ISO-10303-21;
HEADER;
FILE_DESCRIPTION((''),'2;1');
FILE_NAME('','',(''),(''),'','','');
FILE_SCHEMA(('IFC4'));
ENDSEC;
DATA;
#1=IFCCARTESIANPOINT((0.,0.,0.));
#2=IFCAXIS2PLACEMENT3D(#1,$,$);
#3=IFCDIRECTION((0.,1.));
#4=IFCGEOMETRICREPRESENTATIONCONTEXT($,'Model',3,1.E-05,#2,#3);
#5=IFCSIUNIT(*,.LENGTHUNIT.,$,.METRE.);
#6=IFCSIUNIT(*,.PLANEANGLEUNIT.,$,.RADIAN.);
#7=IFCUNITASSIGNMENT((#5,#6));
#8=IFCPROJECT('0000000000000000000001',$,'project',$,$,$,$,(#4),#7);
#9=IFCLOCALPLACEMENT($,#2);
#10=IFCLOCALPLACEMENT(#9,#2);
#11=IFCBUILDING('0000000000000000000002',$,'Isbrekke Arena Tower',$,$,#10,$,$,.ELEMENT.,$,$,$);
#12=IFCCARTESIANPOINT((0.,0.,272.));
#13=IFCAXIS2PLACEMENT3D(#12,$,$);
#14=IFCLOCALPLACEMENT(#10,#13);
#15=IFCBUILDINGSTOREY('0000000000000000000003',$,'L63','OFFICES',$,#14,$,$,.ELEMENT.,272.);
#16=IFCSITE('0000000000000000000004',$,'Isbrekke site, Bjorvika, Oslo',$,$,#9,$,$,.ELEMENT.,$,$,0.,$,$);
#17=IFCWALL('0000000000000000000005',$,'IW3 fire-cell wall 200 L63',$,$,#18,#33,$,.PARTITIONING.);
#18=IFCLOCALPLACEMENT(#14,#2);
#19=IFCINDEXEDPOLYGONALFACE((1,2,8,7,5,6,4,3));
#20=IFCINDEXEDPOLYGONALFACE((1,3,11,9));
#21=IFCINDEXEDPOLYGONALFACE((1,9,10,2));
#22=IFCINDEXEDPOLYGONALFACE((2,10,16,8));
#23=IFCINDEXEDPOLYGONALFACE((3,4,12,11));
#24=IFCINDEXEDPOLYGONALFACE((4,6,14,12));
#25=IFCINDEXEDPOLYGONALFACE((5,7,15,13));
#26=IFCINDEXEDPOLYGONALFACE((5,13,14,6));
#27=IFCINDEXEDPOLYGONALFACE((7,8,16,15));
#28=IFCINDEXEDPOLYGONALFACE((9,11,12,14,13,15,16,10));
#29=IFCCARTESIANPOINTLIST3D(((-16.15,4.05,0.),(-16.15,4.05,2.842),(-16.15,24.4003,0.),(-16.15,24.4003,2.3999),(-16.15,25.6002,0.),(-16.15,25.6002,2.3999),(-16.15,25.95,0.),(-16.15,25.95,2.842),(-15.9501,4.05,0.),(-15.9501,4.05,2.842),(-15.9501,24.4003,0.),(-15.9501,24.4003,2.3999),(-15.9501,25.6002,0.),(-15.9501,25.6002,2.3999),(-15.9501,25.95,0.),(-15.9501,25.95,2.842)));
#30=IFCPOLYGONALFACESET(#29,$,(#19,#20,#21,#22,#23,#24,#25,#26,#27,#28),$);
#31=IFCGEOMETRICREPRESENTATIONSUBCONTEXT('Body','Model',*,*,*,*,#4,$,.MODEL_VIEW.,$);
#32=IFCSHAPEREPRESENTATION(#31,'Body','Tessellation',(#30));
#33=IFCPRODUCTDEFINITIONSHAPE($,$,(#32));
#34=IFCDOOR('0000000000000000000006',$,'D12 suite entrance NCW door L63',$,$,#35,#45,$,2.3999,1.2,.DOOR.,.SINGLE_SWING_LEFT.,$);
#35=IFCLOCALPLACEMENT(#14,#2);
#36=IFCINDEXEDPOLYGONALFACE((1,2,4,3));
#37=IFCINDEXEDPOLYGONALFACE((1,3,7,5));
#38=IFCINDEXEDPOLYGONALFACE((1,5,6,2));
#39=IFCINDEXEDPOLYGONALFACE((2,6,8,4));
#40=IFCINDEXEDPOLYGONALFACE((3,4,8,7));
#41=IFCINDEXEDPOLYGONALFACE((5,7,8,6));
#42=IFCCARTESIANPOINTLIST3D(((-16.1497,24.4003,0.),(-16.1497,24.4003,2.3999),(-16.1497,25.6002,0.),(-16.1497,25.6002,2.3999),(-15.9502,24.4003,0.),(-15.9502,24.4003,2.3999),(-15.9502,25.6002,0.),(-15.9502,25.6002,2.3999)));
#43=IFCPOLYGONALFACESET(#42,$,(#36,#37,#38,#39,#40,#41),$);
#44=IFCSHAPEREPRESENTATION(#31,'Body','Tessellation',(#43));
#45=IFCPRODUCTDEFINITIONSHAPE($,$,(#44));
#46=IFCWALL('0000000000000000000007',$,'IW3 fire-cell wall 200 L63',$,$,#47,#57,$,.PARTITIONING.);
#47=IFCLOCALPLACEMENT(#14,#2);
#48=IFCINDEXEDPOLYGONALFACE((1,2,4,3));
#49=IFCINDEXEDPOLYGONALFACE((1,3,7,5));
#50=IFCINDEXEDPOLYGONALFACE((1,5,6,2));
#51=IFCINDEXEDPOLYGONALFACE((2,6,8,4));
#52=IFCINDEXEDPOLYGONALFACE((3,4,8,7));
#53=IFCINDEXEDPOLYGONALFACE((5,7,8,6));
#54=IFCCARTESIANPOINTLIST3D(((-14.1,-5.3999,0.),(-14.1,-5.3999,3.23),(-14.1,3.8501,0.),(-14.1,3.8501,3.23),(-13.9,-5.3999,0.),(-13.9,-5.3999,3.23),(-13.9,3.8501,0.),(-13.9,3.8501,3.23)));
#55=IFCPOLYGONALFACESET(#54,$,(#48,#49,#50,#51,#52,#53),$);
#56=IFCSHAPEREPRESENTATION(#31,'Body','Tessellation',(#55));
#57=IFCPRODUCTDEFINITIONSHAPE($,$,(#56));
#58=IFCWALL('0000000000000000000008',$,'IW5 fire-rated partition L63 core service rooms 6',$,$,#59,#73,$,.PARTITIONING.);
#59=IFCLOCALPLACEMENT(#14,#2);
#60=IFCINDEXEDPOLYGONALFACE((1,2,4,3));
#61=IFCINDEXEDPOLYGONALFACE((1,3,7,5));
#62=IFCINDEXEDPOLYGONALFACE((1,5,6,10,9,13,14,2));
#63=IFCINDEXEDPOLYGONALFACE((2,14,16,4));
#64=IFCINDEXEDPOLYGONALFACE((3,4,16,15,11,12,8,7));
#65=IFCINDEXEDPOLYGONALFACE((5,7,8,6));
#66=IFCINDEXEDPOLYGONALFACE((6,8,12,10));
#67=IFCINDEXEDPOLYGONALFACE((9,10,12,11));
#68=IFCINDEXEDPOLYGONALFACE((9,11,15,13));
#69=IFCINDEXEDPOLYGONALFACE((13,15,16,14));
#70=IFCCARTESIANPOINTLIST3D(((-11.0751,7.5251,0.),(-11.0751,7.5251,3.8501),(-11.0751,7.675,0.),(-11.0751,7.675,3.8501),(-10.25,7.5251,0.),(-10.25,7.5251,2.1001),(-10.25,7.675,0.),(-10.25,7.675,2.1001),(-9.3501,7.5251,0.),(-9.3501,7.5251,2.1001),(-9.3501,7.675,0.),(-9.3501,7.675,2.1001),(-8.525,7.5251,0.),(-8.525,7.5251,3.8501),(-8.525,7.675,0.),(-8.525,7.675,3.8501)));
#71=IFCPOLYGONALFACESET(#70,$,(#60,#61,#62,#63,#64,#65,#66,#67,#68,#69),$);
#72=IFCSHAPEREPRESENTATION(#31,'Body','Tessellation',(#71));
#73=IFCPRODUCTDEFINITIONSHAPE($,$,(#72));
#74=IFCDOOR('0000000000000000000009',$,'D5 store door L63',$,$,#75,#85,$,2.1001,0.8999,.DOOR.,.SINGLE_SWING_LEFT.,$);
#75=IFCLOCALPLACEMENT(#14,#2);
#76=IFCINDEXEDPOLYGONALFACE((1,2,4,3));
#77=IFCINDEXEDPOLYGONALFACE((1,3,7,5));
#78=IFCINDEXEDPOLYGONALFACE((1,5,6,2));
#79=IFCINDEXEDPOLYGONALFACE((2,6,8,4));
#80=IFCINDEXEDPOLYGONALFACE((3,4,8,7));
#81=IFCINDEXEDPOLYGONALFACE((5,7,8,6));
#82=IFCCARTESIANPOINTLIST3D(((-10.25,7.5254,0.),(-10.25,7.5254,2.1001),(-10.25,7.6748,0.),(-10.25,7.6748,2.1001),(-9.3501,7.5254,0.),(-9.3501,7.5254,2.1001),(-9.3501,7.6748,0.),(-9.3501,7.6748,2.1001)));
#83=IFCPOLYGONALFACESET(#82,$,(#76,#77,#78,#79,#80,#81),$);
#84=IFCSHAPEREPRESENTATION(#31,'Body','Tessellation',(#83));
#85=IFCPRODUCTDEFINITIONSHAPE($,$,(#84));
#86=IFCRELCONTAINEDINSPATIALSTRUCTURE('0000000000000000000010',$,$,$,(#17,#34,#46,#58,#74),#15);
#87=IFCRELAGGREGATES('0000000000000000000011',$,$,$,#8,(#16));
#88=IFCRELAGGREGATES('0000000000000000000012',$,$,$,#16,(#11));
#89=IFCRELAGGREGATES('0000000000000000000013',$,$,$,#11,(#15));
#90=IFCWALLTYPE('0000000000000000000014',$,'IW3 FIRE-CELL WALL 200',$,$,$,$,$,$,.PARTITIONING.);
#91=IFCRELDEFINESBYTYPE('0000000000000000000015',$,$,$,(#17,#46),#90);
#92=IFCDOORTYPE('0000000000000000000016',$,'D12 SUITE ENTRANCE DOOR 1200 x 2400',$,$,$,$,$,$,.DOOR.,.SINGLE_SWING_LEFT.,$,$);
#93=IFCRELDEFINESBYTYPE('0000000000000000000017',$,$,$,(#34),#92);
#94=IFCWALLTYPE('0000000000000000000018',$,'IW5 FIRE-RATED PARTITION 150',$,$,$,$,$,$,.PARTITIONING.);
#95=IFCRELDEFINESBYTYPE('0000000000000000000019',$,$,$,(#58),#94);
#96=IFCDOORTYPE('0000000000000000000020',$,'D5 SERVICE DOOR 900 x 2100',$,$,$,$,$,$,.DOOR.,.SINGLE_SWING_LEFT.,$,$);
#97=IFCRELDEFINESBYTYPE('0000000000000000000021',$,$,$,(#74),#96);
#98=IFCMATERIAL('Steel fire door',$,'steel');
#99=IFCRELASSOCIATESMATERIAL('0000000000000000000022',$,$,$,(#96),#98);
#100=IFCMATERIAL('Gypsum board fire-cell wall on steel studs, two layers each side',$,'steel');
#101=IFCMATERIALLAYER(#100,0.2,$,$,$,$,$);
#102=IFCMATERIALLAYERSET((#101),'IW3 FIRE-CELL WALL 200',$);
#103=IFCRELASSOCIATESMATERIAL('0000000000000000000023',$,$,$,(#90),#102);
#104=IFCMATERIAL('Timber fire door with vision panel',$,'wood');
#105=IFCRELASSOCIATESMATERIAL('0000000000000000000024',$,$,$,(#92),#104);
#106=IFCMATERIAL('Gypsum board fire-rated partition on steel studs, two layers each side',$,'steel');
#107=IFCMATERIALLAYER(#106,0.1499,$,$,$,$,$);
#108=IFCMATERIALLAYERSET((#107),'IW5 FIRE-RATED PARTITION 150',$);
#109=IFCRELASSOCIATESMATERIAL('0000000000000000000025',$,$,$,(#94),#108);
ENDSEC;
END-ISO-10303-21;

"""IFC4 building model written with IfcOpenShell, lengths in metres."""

from ifc_helpers import new_model, si_unit, direction, frame, frame_2d, origin, place, context, subcontext, project, spatial, rectangle, extrude, material, layer, layer_set, type_object, element, fill, save


model = new_model("IFC4")

# Units and contexts
model_context = context("Model", 3, precision=1e-05, world=origin(), true_north=direction((0.0, 1.0)))
body_context = subcontext(model_context, "Body", "Model", "MODEL_VIEW")
ifc_project = project(units=[si_unit("LENGTHUNIT", "METRE"), si_unit("PLANEANGLEUNIT", "RADIAN")], contexts=[model_context])

# Site, building, storey
site_placement = place(None, origin())
site = spatial("IfcSite", under=ifc_project, at=site_placement, Name="Isbrekke site, Bjorvika, Oslo", CompositionType="ELEMENT", RefElevation=0.0)
building_placement = place(site_placement, origin())
building = spatial("IfcBuilding", under=site, at=building_placement, Name="Isbrekke Arena Tower", CompositionType="ELEMENT")
storey_placement = place(building_placement, frame((0.0, 0.0, 272.0)))
storey = spatial("IfcBuildingStorey", under=building, at=storey_placement, Name="L63", Description="OFFICES", CompositionType="ELEMENT", Elevation=272.0)

# Shared definitions
ifc_material_1 = material(Name="Steel fire door", Category="steel")
door_type_1 = type_object("IfcDoorType", Name="D5 SERVICE DOOR 900 x 2100", OperationType="SINGLE_SWING_LEFT", PredefinedType="DOOR", material=ifc_material_1)

# Shared definitions
ifc_material_2 = material(Name="Gypsum board fire-cell wall on steel studs, two layers each side", Category="steel")
ifc_layer_1 = layer(ifc_material_2, 0.2)
ifc_layer_set_1 = layer_set([ifc_layer_1], Name="IW3 FIRE-CELL WALL 200")
wall_type_1 = type_object("IfcWallType", Name="IW3 FIRE-CELL WALL 200", PredefinedType="PARTITIONING", material=ifc_layer_set_1)
ifc_material_3 = material(Name="Timber fire door with vision panel", Category="wood")
door_type_2 = type_object("IfcDoorType", Name="D12 SUITE ENTRANCE DOOR 1200 x 2400", OperationType="SINGLE_SWING_LEFT", PredefinedType="DOOR", material=ifc_material_3)

# Wall, opening, door
wall_1_placement = place(storey_placement, frame((-16.05, 4.05, 0.0), z_axis=(0.0, 0.0, 1.0), x_axis=(0.0, 1.0, 0.0)))
wall_1 = element("IfcWall", 1, at=wall_1_placement, inside=storey, type_object=wall_type_1, Name="IW3 fire-cell wall 200 L63", PredefinedType="PARTITIONING", context=body_context, shape_type="SweptSolid", body=[
    extrude(rectangle(XDim=21.8999, YDim=0.2, at=frame_2d((10.95, 0.0))), origin(), (0.0, 0.0, 1.0), 2.842),
])
opening_1_placement = place(wall_1_placement, frame((20.3501, 0.0, 0.0)))
opening_1 = element("IfcOpeningElement", 2, at=opening_1_placement, cuts=wall_1, PredefinedType="OPENING", context=body_context, shape_type="SweptSolid", body=[
    extrude(rectangle(XDim=1.2, YDim=2.3999, at=frame_2d((0.6001, 1.2))), frame((0.0, 0.1147, 0.0), z_axis=(0.0, -1.0, 0.0), x_axis=(1.0, 0.0, 0.0)), (0.0, 0.0, 1.0), 0.2297),
])
door_1_placement = place(opening_1_placement, origin())
door_1 = element("IfcDoor", 3, at=door_1_placement, inside=storey, type_object=door_type_2, Name="D12 suite entrance NCW door L63", OperationType="SINGLE_SWING_LEFT", OverallHeight=2.3999, OverallWidth=1.2, PredefinedType="DOOR", context=body_context, shape_type="SweptSolid", body=[
    extrude(rectangle(XDim=1.2, YDim=2.3999, at=frame_2d((0.6001, 1.2))), frame((0.0, 0.0996, 0.0), z_axis=(0.0, -1.0, 0.0), x_axis=(1.0, 0.0, 0.0)), (0.0, 0.0, 1.0), 0.1995),
])
fill(opening_1, door_1)

# Wall
wall_2_placement = place(storey_placement, frame((-14.0, -5.3999, 0.0), z_axis=(0.0, 0.0, 1.0), x_axis=(0.0, 1.0, 0.0)))
element("IfcWall", 4, at=wall_2_placement, inside=storey, type_object=wall_type_1, Name="IW3 fire-cell wall 200 L63", PredefinedType="PARTITIONING", context=body_context, shape_type="SweptSolid", body=[
    extrude(rectangle(XDim=9.25, YDim=0.2, at=frame_2d((4.625, 0.0))), origin(), (0.0, 0.0, 1.0), 3.23),
])

# Wall, opening, door
ifc_material_4 = material(Name="Gypsum board fire-rated partition on steel studs, two layers each side", Category="steel")
ifc_layer_2 = layer(ifc_material_4, 0.1499)
ifc_layer_set_2 = layer_set([ifc_layer_2], Name="IW5 FIRE-RATED PARTITION 150")
wall_type_2 = type_object("IfcWallType", Name="IW5 FIRE-RATED PARTITION 150", PredefinedType="PARTITIONING", material=ifc_layer_set_2)
wall_3_placement = place(storey_placement, frame((-11.075, 7.6001, 0.0), z_axis=(0.0, 0.0, 1.0), x_axis=(1.0, 0.0, 0.0)))
wall_3 = element("IfcWall", 5, at=wall_3_placement, inside=storey, type_object=wall_type_2, Name="IW5 fire-rated partition L63 core service rooms 6", PredefinedType="PARTITIONING", context=body_context, shape_type="SweptSolid", body=[
    extrude(rectangle(XDim=2.55, YDim=0.1499, at=frame_2d((1.2749, 0.0))), origin(), (0.0, 0.0, 1.0), 3.8501),
])
opening_2_placement = place(wall_3_placement, frame((0.825, 0.0, 0.0)))
opening_2 = element("IfcOpeningElement", 6, at=opening_2_placement, cuts=wall_3, PredefinedType="OPENING", context=body_context, shape_type="SweptSolid", body=[
    extrude(rectangle(XDim=0.8999, YDim=2.1001, at=frame_2d((0.45, 1.05))), frame((0.0, 0.0898, 0.0), z_axis=(0.0, -1.0, 0.0), x_axis=(1.0, 0.0, 0.0)), (0.0, 0.0, 1.0), 0.1797),
])
door_2_placement = place(opening_2_placement, origin())
door_2 = element("IfcDoor", 7, at=door_2_placement, inside=storey, type_object=door_type_1, Name="D5 store door L63", OperationType="SINGLE_SWING_LEFT", OverallHeight=2.1001, OverallWidth=0.8999, PredefinedType="DOOR", context=body_context, shape_type="SweptSolid", body=[
    extrude(rectangle(XDim=0.8999, YDim=2.1001, at=frame_2d((0.45, 1.05))), frame((0.0, 0.0747, 0.0), z_axis=(0.0, -1.0, 0.0), x_axis=(1.0, 0.0, 0.0)), (0.0, 0.0, 1.0), 0.1494),
])
fill(opening_2, door_2)

save(model, "model.ifc")
